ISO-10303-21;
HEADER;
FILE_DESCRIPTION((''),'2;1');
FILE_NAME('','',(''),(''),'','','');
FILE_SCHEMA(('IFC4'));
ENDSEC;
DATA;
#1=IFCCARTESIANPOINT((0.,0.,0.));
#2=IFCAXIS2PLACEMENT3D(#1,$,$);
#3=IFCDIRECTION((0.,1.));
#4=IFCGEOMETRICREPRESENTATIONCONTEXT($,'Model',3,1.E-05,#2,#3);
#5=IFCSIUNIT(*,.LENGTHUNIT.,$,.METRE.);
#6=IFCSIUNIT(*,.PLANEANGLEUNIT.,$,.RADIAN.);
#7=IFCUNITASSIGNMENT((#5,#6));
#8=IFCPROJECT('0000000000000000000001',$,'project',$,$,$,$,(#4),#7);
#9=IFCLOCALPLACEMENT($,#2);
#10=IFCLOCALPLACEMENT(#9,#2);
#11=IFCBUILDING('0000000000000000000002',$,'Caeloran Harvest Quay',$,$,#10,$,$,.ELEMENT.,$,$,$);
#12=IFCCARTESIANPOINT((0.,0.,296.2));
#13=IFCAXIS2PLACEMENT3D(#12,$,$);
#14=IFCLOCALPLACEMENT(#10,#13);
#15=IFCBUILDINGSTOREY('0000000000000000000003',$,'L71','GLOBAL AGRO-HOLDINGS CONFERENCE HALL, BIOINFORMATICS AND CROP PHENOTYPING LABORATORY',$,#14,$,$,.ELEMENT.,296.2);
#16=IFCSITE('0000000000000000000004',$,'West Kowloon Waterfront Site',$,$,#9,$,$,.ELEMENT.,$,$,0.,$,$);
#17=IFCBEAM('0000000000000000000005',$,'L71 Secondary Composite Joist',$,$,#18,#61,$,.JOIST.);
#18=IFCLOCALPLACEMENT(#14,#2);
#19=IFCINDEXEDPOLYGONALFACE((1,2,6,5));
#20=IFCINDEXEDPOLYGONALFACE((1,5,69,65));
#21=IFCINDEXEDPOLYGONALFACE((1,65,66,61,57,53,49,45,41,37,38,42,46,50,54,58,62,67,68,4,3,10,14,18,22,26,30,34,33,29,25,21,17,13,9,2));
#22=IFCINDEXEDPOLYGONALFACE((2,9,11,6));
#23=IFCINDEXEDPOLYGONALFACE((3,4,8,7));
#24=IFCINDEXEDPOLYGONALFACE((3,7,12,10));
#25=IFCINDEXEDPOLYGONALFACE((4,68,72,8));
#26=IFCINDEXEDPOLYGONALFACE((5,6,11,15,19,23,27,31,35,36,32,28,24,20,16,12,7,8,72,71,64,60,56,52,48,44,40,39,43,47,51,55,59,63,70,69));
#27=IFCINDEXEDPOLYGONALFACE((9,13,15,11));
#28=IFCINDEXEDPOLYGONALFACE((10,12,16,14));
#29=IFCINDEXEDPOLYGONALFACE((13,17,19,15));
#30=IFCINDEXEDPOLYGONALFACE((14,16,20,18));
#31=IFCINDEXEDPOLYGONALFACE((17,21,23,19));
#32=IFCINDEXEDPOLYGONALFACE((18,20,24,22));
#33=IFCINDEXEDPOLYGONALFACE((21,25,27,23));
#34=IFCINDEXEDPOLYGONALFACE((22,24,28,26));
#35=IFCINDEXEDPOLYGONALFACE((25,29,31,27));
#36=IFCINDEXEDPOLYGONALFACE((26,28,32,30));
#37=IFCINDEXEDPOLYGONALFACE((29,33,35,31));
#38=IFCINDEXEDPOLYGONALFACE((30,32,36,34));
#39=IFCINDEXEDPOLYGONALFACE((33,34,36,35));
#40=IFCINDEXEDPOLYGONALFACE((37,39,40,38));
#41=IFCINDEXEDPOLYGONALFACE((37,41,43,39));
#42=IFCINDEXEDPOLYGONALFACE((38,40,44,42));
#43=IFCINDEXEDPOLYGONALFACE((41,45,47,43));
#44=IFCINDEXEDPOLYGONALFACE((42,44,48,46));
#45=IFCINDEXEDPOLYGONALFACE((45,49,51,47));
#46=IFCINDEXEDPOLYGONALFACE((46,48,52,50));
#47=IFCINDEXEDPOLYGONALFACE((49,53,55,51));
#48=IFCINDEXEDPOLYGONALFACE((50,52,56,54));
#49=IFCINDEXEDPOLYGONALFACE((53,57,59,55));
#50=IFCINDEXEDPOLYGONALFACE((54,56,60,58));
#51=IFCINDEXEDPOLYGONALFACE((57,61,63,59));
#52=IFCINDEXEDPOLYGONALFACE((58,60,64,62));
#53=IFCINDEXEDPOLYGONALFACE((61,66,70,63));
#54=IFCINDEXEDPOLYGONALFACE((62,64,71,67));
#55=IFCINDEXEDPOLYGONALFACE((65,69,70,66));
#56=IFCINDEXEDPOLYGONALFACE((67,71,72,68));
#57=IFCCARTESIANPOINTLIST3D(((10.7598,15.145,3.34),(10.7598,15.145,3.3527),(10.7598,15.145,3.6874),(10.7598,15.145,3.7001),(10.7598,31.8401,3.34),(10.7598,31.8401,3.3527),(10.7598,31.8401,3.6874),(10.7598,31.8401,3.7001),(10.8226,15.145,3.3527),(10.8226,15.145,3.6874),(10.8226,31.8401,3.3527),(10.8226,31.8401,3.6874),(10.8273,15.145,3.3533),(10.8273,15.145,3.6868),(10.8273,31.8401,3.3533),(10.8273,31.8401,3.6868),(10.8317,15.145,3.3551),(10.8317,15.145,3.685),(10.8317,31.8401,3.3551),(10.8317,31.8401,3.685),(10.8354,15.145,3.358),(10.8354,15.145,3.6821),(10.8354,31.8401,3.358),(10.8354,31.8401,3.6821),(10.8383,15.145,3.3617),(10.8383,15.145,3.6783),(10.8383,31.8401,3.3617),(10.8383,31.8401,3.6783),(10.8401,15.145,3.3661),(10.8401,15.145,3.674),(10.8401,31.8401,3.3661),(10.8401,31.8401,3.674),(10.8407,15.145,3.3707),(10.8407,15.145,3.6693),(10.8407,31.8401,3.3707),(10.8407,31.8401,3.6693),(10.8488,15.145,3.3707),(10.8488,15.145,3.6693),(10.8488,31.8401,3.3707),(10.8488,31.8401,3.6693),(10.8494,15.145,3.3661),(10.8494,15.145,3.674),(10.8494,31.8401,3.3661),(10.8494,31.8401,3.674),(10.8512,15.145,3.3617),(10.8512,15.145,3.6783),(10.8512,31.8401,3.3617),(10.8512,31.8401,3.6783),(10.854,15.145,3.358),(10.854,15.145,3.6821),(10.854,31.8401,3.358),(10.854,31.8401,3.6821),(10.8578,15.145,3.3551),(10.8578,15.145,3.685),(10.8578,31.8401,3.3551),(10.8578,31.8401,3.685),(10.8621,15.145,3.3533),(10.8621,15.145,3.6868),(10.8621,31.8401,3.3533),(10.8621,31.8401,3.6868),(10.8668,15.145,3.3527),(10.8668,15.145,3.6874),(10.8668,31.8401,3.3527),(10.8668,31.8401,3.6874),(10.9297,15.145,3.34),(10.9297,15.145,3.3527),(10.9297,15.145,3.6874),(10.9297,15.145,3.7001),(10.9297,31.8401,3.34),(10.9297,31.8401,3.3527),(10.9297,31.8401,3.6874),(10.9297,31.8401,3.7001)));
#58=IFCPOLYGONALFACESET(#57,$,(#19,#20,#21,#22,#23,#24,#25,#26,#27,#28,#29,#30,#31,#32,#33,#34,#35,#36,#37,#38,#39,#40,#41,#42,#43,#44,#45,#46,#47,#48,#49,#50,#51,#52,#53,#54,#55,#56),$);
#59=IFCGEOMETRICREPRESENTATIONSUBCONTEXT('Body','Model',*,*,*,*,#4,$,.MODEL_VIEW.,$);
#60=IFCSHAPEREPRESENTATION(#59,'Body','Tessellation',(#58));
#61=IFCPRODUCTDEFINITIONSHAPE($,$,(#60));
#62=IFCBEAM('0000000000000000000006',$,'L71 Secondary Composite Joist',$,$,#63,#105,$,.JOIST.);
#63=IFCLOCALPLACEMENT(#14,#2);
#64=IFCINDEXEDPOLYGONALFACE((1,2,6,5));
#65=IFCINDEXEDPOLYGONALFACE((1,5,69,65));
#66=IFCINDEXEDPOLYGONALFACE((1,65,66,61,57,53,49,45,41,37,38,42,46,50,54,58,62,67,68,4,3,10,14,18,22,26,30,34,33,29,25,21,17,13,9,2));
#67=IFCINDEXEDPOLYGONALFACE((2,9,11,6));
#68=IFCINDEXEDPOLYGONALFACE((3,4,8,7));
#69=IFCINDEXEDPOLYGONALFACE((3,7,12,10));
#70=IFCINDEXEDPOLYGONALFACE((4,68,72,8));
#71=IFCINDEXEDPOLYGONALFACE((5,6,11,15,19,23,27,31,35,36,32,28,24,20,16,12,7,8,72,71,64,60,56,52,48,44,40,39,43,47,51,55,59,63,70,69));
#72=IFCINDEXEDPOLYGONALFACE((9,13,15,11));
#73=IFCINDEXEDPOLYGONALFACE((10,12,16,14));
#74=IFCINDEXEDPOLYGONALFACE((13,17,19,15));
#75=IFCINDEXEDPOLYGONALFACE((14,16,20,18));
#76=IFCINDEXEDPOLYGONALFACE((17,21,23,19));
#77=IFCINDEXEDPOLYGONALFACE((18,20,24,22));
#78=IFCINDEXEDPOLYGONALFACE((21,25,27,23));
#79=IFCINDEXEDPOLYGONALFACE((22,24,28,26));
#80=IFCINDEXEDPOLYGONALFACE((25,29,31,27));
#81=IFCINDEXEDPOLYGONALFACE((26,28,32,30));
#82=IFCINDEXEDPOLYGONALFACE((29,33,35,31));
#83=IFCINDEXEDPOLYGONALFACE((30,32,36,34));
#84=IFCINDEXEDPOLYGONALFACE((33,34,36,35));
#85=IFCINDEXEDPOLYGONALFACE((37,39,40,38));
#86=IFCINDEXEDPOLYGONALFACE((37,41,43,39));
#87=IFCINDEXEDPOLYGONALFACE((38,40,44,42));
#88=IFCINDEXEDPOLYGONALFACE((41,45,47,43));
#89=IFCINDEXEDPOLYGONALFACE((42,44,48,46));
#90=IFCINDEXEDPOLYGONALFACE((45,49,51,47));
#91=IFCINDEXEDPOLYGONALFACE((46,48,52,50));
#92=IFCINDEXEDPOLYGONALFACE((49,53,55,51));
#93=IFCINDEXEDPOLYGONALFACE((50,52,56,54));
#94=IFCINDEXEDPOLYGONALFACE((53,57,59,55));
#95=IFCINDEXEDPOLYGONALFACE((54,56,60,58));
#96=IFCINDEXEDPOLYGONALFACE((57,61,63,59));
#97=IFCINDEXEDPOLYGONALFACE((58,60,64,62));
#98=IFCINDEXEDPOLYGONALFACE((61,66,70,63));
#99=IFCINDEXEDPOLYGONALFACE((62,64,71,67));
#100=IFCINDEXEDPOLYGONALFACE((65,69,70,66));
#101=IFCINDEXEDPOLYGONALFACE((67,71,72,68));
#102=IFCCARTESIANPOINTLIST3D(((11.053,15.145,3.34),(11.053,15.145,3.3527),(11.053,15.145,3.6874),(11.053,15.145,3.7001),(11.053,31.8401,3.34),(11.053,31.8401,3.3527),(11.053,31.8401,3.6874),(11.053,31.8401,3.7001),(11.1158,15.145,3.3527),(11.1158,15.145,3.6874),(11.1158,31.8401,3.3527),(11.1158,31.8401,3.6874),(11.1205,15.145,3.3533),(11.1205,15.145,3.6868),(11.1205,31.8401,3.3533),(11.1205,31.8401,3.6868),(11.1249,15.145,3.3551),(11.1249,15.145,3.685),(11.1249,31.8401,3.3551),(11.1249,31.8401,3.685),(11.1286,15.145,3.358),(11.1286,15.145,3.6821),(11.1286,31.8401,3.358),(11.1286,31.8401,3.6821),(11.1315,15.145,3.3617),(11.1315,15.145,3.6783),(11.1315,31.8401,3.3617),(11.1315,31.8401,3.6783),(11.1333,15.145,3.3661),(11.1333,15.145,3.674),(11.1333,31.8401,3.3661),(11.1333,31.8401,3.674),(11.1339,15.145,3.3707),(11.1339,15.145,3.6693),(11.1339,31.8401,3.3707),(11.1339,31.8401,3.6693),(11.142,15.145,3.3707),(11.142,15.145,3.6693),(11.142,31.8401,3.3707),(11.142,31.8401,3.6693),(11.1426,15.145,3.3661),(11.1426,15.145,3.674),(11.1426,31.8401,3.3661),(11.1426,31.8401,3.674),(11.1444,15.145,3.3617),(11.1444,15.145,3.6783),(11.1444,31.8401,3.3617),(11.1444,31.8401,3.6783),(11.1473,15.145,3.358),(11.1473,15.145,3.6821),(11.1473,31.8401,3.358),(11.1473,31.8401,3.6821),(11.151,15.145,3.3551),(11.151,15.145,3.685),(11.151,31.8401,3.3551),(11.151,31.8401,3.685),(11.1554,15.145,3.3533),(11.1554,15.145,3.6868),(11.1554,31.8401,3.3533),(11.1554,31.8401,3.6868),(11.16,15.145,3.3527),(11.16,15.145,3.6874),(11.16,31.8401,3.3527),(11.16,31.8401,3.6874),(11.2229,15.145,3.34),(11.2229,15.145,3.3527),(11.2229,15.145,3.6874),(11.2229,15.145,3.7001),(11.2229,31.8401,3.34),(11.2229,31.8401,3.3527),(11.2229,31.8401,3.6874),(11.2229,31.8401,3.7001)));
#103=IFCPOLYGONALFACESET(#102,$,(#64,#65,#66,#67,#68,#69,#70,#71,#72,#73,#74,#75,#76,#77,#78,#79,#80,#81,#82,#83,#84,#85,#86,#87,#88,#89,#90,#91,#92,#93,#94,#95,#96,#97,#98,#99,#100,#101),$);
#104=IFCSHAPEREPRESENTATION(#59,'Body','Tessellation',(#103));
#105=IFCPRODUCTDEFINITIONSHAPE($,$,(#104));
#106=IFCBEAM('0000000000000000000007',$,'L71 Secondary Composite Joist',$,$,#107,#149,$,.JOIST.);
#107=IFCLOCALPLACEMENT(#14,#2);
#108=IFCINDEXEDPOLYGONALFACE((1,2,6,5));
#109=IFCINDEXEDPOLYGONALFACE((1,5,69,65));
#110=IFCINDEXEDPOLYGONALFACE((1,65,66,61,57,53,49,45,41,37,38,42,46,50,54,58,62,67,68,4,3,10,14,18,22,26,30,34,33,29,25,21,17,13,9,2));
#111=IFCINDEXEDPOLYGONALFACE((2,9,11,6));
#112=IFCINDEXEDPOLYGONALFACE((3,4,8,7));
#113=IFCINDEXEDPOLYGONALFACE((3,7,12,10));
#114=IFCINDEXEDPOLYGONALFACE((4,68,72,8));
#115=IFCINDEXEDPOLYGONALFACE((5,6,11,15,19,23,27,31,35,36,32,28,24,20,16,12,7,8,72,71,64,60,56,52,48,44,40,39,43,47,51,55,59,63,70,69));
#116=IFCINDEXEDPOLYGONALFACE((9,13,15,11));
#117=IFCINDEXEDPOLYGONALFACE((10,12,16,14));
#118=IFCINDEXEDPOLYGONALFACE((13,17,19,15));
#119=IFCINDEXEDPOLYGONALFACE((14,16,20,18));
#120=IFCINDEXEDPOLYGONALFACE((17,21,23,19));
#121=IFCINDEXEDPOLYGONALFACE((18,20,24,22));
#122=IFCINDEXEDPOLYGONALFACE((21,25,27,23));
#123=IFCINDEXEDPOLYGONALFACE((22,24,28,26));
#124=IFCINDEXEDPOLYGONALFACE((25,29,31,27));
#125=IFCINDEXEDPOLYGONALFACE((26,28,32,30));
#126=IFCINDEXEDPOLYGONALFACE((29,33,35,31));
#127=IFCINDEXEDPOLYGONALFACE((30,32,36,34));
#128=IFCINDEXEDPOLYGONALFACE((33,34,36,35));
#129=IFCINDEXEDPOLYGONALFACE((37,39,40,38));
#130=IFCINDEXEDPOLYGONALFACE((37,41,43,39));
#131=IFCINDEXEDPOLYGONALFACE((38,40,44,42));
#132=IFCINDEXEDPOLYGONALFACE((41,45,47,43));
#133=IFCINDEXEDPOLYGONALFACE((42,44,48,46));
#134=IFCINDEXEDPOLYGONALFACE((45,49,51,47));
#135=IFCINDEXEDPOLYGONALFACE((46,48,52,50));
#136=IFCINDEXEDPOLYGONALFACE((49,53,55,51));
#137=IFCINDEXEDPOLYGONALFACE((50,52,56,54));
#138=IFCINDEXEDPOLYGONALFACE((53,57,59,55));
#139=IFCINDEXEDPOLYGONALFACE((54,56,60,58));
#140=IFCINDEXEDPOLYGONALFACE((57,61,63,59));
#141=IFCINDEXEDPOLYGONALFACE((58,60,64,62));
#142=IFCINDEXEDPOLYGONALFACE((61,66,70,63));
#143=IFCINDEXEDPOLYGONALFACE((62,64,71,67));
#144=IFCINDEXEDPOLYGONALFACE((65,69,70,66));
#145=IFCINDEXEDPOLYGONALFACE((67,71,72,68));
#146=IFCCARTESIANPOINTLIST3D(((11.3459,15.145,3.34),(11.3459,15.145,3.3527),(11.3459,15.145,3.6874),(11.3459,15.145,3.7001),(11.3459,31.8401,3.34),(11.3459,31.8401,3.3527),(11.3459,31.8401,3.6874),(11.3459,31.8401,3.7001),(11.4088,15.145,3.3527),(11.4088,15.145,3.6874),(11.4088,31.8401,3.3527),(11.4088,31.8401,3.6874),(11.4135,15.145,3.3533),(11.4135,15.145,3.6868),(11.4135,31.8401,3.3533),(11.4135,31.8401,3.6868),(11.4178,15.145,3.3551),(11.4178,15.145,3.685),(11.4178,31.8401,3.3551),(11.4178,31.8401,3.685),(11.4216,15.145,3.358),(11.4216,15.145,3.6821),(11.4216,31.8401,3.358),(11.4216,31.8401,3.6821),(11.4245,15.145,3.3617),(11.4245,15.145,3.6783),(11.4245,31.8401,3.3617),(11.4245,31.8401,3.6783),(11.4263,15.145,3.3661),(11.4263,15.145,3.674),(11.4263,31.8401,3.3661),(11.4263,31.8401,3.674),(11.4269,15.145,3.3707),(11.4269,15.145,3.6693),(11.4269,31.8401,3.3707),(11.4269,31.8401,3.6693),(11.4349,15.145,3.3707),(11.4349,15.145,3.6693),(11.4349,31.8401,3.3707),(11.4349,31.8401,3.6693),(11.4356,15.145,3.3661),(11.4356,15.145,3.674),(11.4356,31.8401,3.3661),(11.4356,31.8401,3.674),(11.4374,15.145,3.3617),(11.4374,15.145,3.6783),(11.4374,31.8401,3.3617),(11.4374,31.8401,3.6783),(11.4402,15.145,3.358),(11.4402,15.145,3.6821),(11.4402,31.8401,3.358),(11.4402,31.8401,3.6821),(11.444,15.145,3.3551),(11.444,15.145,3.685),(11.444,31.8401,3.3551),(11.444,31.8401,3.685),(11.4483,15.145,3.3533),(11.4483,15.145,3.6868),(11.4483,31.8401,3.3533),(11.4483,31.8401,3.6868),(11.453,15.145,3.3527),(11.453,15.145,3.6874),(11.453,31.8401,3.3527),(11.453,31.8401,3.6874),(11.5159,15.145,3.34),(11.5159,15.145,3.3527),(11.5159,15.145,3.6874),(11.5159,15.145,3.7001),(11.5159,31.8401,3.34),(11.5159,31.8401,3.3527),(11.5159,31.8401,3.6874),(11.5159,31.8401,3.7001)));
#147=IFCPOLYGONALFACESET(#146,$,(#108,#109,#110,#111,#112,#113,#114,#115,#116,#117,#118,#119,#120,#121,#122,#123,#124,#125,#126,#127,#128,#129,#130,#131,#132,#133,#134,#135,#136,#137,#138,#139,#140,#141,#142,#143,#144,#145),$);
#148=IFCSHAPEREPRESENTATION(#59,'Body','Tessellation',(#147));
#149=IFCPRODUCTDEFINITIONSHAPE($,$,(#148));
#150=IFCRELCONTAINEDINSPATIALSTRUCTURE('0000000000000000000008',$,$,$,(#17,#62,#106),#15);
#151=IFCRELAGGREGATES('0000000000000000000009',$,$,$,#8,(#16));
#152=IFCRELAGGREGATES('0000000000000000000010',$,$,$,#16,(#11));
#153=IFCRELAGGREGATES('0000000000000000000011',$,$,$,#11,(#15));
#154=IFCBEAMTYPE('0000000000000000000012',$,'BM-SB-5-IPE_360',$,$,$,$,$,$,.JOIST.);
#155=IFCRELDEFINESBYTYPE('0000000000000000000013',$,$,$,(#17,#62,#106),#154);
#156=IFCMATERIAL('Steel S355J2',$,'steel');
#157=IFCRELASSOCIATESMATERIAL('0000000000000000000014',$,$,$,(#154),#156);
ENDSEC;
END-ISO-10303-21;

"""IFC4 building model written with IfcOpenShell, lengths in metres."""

from ifc_helpers import new_model, si_unit, direction, frame, origin, origin_2d, place, context, subcontext, project, spatial, i_section, extrude, material, material_profile, profile_set, type_object, element, save


model = new_model("IFC4")

# Units and contexts
model_context = context("Model", 3, precision=1e-05, world=origin(), true_north=direction((0.0, 1.0)))
body_context = subcontext(model_context, "Body", "Model", "MODEL_VIEW")
ifc_project = project(units=[si_unit("LENGTHUNIT", "METRE"), si_unit("PLANEANGLEUNIT", "RADIAN")], contexts=[model_context])

# Site, building, storey
site_placement = place(None, origin())
site = spatial("IfcSite", under=ifc_project, at=site_placement, Name="West Kowloon Waterfront Site", CompositionType="ELEMENT", RefElevation=0.0)
building_placement = place(site_placement, origin())
building = spatial("IfcBuilding", under=site, at=building_placement, Name="Caeloran Harvest Quay", CompositionType="ELEMENT")
storey_placement = place(building_placement, frame((0.0, 0.0, 296.2)))
storey = spatial("IfcBuildingStorey", under=building, at=storey_placement, Name="L71", Description="GLOBAL AGRO-HOLDINGS CONFERENCE HALL, BIOINFORMATICS AND CROP PHENOTYPING LABORATORY", CompositionType="ELEMENT", Elevation=296.2)

# Beams
ifc_material_1 = material(Name="Steel S355J2", Category="steel")
ifc_material_profile_1 = material_profile(ifc_material_1, i_section(OverallWidth=0.1699, OverallDepth=0.3601, WebThickness=0.0081, FlangeThickness=0.0127, FilletRadius=0.0181, at=origin_2d()), Name="IPE 360")
ifc_profile_set_1 = profile_set([ifc_material_profile_1], Name="Steel S355J2")
beam_type_1 = type_object("IfcBeamType", Name="BM-SB-5-IPE_360", PredefinedType="JOIST", material=ifc_profile_set_1)
for number, where, z_axis, x_axis, name in (
    (1, (10.8447, 15.145, 3.52), (0.0, 1.0, 0.0), (-1.0, 0.0, 0.0), "L71 Secondary Composite Joist"),
    (2, (11.1379, 15.145, 3.52), (0.0, 1.0, 0.0), (-1.0, 0.0, 0.0), "L71 Secondary Composite Joist"),
    (3, (11.4309, 15.145, 3.52), (0.0, 1.0, 0.0), (-1.0, 0.0, 0.0), "L71 Secondary Composite Joist"),
):
    element("IfcBeam", number, at=place(storey_placement, frame(where, z_axis=z_axis, x_axis=x_axis)), inside=storey, type_object=beam_type_1, Name=name, PredefinedType="JOIST", context=body_context, shape_type="SweptSolid", body=[
        extrude(i_section(OverallWidth=0.1699, OverallDepth=0.3601, WebThickness=0.0081, FlangeThickness=0.0127, FilletRadius=0.0181, at=origin_2d()), origin(), (0.0, 0.0, 1.0), 16.6951),
    ])

save(model, "model.ifc")
